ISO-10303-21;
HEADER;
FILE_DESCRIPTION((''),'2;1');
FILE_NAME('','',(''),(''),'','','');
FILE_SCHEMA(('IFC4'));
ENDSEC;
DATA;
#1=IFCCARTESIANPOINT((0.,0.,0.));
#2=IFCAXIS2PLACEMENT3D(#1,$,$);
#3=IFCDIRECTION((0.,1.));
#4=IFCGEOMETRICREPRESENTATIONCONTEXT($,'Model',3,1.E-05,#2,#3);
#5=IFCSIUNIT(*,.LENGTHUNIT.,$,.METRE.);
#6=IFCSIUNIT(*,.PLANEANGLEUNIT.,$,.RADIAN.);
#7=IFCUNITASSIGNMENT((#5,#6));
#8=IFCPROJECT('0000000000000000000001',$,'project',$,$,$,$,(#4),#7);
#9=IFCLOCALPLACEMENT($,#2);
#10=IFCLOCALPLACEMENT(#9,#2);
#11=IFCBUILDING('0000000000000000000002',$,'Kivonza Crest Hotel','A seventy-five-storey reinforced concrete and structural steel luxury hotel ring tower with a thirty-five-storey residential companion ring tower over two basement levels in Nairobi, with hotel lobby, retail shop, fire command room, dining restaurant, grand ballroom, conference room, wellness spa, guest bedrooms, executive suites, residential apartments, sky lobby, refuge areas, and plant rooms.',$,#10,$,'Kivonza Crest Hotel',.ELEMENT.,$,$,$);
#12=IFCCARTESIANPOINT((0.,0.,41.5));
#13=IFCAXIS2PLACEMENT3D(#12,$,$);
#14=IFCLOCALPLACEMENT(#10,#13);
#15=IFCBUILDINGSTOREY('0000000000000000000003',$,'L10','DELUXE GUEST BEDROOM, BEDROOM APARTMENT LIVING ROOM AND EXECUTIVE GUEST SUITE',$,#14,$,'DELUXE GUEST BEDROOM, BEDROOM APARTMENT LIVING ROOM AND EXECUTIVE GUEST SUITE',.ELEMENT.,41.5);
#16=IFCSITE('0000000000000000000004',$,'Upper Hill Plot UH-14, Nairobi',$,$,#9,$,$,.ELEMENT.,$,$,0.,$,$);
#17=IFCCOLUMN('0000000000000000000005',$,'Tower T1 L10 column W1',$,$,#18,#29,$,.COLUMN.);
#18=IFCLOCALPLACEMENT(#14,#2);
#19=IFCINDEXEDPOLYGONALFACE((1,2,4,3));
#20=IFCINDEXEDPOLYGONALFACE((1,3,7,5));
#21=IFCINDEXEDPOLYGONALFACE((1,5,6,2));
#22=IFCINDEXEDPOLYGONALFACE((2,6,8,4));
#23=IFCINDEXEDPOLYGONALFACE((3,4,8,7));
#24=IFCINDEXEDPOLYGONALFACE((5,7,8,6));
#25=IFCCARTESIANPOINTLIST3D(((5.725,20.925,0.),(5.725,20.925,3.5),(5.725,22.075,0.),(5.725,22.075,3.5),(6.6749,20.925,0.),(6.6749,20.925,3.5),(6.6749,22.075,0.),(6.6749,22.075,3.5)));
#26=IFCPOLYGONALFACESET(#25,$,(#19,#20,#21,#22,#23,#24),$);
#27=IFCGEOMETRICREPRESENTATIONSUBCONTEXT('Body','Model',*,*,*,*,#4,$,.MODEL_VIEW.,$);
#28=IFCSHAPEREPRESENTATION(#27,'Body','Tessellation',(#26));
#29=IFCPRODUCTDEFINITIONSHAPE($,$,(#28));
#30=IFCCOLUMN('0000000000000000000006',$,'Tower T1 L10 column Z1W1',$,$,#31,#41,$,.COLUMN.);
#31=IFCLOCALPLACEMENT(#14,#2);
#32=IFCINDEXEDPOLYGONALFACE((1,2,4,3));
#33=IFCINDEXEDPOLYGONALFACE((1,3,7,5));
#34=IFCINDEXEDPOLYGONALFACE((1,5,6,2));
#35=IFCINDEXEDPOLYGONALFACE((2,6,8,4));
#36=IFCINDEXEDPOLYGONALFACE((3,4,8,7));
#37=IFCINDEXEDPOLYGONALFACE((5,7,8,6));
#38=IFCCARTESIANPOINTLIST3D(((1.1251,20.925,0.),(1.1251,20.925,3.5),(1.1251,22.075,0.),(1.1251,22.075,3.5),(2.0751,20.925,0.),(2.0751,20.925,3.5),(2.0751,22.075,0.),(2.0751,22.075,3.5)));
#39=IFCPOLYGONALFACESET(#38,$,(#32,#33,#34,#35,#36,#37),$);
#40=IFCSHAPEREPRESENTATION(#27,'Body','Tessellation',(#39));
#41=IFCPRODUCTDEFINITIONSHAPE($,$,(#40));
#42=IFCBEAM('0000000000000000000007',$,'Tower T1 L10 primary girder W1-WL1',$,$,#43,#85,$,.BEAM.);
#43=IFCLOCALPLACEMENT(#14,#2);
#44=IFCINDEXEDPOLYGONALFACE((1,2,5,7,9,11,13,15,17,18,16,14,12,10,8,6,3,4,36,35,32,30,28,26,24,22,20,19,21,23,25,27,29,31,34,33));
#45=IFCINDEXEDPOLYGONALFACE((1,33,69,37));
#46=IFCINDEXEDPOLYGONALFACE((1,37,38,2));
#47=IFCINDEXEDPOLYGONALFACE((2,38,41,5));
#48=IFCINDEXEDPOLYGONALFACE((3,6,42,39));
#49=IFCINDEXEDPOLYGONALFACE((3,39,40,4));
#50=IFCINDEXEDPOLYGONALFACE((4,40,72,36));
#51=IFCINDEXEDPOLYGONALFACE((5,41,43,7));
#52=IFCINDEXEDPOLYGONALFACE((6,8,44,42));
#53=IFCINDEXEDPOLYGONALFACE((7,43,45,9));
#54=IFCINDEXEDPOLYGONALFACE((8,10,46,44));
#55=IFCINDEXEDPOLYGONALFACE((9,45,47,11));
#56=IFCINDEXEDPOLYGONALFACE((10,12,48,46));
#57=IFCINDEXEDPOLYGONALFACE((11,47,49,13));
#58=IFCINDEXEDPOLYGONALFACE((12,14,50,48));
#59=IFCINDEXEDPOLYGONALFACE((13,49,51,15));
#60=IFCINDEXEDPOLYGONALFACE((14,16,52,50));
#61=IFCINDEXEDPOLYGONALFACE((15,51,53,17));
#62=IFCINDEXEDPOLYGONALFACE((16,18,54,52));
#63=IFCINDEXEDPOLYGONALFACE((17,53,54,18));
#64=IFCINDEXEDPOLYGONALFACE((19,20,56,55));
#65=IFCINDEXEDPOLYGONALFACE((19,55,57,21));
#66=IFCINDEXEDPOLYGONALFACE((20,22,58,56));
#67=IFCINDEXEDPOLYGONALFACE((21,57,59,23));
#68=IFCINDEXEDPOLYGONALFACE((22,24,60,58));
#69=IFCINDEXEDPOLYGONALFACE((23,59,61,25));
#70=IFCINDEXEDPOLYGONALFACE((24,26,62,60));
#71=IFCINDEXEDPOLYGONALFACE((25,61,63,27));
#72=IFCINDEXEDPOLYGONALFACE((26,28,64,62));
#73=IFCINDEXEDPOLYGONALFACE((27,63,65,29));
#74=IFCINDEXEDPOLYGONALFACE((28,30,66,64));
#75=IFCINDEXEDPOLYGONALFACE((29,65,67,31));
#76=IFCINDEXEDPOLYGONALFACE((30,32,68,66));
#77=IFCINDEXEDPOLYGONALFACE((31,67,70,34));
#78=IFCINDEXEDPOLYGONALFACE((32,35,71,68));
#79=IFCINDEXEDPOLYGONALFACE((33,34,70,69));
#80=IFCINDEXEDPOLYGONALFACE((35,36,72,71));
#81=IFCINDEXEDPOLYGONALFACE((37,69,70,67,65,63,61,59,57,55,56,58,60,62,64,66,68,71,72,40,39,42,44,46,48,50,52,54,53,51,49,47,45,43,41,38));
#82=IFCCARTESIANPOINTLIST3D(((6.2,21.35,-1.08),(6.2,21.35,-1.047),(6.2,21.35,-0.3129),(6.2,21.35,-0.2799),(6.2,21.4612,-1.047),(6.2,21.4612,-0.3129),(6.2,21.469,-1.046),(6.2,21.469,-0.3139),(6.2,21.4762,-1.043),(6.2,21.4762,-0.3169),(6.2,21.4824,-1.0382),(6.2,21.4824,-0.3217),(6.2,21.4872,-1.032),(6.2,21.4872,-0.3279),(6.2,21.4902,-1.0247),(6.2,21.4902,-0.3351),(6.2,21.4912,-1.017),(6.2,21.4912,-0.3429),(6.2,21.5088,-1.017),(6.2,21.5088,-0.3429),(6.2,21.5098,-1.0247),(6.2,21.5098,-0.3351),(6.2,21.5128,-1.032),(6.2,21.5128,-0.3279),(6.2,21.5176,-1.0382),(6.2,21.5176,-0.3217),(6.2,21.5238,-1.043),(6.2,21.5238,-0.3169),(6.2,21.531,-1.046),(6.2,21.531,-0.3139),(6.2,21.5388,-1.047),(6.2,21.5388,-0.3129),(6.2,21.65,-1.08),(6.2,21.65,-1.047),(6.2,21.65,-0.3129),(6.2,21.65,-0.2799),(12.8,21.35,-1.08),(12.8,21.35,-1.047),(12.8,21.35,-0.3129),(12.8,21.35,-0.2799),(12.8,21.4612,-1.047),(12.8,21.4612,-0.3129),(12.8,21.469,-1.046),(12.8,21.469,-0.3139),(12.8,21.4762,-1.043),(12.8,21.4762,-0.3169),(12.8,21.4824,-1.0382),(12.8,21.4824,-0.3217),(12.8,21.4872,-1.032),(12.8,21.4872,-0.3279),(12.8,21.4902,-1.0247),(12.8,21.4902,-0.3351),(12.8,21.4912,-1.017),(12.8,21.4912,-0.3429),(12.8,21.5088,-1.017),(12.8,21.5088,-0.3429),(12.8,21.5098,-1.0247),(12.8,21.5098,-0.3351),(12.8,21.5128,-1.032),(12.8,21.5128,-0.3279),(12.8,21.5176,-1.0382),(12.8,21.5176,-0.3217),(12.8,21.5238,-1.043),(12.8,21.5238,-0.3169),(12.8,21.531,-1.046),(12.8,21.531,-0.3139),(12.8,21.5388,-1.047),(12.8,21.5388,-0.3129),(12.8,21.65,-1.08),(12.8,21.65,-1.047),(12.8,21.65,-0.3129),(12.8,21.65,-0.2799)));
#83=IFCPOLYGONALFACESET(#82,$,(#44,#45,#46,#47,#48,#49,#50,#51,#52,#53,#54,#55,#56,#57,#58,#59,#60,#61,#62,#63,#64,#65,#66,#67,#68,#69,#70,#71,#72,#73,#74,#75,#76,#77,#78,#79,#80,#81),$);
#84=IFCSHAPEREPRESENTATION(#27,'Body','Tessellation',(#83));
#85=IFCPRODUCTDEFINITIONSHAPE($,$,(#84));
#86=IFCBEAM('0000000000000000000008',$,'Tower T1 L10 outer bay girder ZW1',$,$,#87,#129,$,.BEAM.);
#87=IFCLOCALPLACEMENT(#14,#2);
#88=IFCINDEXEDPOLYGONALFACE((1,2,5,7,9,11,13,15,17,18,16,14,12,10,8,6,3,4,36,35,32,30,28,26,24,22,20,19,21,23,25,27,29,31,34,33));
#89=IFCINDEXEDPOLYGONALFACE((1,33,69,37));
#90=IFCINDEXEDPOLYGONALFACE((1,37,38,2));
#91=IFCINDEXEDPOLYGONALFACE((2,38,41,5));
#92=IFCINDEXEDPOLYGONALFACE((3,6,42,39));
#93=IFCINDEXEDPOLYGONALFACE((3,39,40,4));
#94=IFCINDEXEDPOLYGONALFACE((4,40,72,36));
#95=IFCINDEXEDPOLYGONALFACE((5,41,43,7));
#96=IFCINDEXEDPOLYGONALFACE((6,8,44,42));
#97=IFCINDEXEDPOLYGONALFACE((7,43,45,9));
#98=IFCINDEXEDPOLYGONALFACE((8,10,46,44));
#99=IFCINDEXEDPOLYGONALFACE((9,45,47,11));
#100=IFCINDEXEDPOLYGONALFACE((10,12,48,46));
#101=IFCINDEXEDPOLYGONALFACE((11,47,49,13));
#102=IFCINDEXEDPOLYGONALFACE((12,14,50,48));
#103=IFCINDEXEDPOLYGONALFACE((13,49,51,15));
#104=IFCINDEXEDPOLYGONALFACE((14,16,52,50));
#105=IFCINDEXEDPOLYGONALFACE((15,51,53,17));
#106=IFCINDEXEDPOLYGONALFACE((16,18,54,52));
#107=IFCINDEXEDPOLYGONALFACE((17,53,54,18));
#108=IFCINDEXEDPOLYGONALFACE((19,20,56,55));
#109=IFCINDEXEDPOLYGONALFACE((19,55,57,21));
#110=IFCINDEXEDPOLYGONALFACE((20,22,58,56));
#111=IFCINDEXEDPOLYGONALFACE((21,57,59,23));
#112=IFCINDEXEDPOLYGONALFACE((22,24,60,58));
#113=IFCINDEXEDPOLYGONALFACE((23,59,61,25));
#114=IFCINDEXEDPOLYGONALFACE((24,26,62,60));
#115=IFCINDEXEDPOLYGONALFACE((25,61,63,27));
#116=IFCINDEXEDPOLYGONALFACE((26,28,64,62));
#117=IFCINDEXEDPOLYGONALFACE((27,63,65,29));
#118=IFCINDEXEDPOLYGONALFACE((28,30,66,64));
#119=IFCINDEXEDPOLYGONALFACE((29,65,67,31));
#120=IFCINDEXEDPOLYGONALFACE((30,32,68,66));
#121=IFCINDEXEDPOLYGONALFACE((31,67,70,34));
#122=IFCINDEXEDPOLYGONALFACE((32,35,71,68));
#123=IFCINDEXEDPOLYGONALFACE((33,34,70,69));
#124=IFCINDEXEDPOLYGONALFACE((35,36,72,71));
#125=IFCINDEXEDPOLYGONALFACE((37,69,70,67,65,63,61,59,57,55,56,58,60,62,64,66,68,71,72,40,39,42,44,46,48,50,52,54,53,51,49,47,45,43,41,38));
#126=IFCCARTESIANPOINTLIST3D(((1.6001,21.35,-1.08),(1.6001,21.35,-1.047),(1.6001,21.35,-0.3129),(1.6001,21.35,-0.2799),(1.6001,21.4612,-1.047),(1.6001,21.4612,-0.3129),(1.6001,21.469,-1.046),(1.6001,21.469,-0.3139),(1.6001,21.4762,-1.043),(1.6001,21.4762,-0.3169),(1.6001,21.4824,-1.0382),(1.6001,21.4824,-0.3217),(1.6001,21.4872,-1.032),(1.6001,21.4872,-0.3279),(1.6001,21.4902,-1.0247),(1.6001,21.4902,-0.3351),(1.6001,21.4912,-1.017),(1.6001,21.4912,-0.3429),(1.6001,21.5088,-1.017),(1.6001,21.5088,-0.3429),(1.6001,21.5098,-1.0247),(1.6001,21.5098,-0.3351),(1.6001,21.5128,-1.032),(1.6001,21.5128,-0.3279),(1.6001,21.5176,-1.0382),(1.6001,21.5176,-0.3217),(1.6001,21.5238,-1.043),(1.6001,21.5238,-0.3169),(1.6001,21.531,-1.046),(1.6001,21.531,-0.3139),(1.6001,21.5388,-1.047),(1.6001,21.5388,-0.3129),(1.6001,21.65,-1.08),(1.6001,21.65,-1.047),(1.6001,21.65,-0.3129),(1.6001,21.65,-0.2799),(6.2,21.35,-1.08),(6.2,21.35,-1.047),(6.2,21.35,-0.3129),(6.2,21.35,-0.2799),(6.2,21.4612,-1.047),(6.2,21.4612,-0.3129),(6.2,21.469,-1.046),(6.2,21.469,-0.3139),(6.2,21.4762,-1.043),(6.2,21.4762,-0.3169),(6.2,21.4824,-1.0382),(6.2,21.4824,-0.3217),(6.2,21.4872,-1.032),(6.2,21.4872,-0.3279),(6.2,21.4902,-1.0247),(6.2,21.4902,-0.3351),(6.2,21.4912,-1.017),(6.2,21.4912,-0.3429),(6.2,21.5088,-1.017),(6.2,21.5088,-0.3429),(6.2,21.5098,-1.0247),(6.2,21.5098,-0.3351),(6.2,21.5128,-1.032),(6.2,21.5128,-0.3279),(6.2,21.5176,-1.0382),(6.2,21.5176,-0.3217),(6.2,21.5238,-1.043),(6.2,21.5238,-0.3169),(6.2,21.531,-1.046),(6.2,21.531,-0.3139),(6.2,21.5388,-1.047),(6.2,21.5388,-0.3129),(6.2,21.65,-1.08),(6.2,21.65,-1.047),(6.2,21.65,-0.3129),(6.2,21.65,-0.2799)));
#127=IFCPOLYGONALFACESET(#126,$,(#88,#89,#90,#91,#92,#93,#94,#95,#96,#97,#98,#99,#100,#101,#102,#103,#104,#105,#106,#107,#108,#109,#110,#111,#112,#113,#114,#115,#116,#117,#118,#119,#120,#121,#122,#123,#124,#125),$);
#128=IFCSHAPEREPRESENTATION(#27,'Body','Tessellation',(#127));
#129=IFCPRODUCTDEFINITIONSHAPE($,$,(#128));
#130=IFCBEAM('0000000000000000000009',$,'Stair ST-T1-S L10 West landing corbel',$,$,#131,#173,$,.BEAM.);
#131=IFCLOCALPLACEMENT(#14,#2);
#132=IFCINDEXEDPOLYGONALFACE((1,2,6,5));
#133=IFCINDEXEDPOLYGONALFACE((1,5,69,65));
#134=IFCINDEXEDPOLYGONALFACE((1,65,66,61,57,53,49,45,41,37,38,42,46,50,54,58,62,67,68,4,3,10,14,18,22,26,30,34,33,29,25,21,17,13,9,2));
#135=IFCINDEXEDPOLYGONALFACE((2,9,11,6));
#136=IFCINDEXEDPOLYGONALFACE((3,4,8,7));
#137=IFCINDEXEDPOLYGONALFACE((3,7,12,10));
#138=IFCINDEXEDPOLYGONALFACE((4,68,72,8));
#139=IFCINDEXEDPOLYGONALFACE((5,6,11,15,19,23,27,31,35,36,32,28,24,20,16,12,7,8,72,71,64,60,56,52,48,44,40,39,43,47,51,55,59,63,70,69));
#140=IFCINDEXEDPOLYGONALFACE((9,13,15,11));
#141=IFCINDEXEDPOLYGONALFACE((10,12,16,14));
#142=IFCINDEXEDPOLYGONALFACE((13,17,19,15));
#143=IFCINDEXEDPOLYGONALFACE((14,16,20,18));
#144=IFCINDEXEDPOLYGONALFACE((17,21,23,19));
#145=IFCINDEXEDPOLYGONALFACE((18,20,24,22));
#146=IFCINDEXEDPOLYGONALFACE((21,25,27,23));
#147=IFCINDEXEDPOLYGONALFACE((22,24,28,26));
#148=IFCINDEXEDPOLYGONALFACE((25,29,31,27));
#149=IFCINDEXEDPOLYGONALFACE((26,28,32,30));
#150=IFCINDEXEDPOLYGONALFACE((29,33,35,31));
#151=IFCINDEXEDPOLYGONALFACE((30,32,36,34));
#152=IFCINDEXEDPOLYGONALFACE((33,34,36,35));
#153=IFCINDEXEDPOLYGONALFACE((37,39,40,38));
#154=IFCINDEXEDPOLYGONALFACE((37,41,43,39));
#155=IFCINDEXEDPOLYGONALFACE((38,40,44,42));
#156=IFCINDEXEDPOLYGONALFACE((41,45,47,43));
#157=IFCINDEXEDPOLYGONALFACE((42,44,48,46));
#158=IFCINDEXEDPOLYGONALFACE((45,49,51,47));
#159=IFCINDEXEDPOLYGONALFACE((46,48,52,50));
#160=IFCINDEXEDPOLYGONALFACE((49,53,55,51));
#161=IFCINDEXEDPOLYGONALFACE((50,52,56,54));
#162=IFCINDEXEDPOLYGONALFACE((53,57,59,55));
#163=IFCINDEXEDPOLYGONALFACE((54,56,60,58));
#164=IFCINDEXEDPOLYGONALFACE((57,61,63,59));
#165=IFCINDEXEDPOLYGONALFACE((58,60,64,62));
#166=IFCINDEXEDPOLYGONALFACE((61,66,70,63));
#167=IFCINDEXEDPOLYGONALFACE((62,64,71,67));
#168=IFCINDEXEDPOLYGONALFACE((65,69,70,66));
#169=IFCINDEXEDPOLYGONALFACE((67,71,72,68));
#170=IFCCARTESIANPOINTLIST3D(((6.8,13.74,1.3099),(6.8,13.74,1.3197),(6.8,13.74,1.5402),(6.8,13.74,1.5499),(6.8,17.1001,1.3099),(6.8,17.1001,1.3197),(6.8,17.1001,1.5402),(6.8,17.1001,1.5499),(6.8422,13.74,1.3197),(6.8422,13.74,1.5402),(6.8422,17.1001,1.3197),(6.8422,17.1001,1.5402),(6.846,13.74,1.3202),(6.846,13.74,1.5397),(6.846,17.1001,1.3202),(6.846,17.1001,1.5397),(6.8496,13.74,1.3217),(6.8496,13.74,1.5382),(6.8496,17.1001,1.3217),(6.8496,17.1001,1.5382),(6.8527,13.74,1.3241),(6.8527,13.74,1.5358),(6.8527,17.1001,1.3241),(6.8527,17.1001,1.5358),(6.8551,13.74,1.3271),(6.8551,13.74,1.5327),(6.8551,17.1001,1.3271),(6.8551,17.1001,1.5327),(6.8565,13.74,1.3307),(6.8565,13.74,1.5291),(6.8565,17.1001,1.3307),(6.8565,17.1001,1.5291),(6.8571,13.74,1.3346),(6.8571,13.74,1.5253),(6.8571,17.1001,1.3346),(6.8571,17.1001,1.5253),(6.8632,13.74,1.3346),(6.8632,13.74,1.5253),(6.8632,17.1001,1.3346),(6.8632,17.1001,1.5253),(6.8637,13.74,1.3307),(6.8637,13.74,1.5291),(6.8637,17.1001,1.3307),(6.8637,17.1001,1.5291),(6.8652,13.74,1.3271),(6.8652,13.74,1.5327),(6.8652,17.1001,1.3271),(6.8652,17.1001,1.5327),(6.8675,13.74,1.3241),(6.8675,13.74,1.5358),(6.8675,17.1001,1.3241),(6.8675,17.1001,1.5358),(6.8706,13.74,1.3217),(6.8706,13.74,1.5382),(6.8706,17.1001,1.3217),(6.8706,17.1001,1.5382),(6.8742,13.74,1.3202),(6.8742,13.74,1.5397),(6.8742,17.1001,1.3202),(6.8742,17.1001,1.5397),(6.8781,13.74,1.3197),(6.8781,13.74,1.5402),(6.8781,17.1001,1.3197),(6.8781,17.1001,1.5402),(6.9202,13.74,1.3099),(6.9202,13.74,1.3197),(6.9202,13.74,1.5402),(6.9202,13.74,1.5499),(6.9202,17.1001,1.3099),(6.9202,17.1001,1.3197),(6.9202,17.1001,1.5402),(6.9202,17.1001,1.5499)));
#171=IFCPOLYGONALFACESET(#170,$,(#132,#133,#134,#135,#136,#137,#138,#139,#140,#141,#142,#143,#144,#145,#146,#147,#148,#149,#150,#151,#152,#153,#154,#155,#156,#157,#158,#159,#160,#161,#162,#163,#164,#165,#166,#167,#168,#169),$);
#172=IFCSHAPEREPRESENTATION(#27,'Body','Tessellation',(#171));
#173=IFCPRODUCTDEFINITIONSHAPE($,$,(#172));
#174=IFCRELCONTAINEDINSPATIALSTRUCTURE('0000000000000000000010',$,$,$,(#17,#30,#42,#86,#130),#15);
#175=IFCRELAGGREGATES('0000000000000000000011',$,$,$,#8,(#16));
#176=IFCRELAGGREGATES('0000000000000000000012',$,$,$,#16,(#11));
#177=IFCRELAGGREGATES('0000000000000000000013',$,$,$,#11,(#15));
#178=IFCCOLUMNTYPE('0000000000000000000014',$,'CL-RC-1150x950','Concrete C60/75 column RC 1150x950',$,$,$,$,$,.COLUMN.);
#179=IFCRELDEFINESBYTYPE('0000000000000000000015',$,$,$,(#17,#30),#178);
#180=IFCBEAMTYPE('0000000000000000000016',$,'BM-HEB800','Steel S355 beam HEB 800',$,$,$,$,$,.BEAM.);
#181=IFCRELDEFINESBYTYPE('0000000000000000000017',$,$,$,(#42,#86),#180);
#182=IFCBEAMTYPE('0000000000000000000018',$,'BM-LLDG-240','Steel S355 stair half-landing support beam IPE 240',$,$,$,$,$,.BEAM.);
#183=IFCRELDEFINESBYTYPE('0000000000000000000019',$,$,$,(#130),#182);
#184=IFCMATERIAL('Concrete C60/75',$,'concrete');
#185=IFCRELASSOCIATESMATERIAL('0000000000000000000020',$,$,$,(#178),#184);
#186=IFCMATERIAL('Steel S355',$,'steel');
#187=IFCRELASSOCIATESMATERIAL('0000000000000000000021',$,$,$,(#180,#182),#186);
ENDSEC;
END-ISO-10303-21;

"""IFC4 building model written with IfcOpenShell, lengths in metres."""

from ifc_helpers import new_model, si_unit, direction, frame, origin, origin_2d, place, context, subcontext, project, spatial, rectangle, i_section, extrude, material, material_profile, profile_set, type_object, element, save


model = new_model("IFC4")

# Units and contexts
model_context = context("Model", 3, precision=1e-05, world=origin(), true_north=direction((0.0, 1.0)))
body_context = subcontext(model_context, "Body", "Model", "MODEL_VIEW")
ifc_project = project(units=[si_unit("LENGTHUNIT", "METRE"), si_unit("PLANEANGLEUNIT", "RADIAN")], contexts=[model_context])

# Site, building, storey
site_placement = place(None, origin())
site = spatial("IfcSite", under=ifc_project, at=site_placement, Name="Upper Hill Plot UH-14, Nairobi", CompositionType="ELEMENT", RefElevation=0.0)
building_placement = place(site_placement, origin())
building = spatial("IfcBuilding", under=site, at=building_placement, Name="Kivonza Crest Hotel", Description="A seventy-five-storey reinforced concrete and structural steel luxury hotel ring tower with a thirty-five-storey residential companion ring tower over two basement levels in Nairobi, with hotel lobby, retail shop, fire command room, dining restaurant, grand ballroom, conference room, wellness spa, guest bedrooms, executive suites, residential apartments, sky lobby, refuge areas, and plant rooms.", LongName="Kivonza Crest Hotel", CompositionType="ELEMENT")
storey_placement = place(building_placement, frame((0.0, 0.0, 41.5)))
storey = spatial("IfcBuildingStorey", under=building, at=storey_placement, Name="L10", Description="DELUXE GUEST BEDROOM, BEDROOM APARTMENT LIVING ROOM AND EXECUTIVE GUEST SUITE", LongName="DELUXE GUEST BEDROOM, BEDROOM APARTMENT LIVING ROOM AND EXECUTIVE GUEST SUITE", CompositionType="ELEMENT", Elevation=41.5)

# Columns
ifc_material_1 = material(Name="Concrete C60/75", Category="concrete")
ifc_material_profile_1 = material_profile(ifc_material_1, rectangle(XDim=0.95, YDim=1.1499, at=origin_2d()), Name="RC 1150x950")
ifc_profile_set_1 = profile_set([ifc_material_profile_1], Name="Concrete C60/75")
column_type = type_object("IfcColumnType", Name="CL-RC-1150x950", Description="Concrete C60/75 column RC 1150x950", PredefinedType="COLUMN", material=ifc_profile_set_1)
for number, where, z_axis, x_axis, name in (
    (1, (6.2, 21.5, 0.0), (0.0, 0.0, 1.0), (1.0, 0.0, 0.0), "Tower T1 L10 column W1"),
    (2, (1.6001, 21.5, 0.0), (0.0, 0.0, 1.0), (1.0, 0.0, 0.0), "Tower T1 L10 column Z1W1"),
):
    element("IfcColumn", number, at=place(storey_placement, frame(where, z_axis=z_axis, x_axis=x_axis)), inside=storey, type_object=column_type, Name=name, PredefinedType="COLUMN", context=body_context, shape_type="SweptSolid", body=[
        extrude(rectangle(XDim=0.95, YDim=1.1499, at=origin_2d()), origin(), (0.0, 0.0, 1.0), 3.5),
    ])

# Beams
ifc_material_2 = material(Name="Steel S355", Category="steel")
ifc_material_profile_2 = material_profile(ifc_material_2, i_section(OverallWidth=0.3, OverallDepth=0.8, WebThickness=0.0176, FlangeThickness=0.033, FilletRadius=0.03, at=origin_2d()), Name="HEB 800")
ifc_profile_set_2 = profile_set([ifc_material_profile_2], Name="Steel S355")
beam_type_1 = type_object("IfcBeamType", Name="BM-HEB800", Description="Steel S355 beam HEB 800", PredefinedType="BEAM", material=ifc_profile_set_2)
beam_1_placement = place(storey_placement, frame((6.2, 21.5, -0.6799), z_axis=(1.0, 0.0, 0.0), x_axis=(0.0, 1.0, 0.0)))
element("IfcBeam", 3, at=beam_1_placement, inside=storey, type_object=beam_type_1, Name="Tower T1 L10 primary girder W1-WL1", PredefinedType="BEAM", context=body_context, shape_type="SweptSolid", body=[
    extrude(i_section(OverallWidth=0.3, OverallDepth=0.8, WebThickness=0.0176, FlangeThickness=0.033, FilletRadius=0.03, at=origin_2d()), origin(), (0.0, 0.0, 1.0), 6.6001),
])
beam_2_placement = place(storey_placement, frame((1.6001, 21.5, -0.6799), z_axis=(1.0, 0.0, 0.0), x_axis=(0.0, 1.0, 0.0)))
element("IfcBeam", 4, at=beam_2_placement, inside=storey, type_object=beam_type_1, Name="Tower T1 L10 outer bay girder ZW1", PredefinedType="BEAM", context=body_context, shape_type="SweptSolid", body=[
    extrude(i_section(OverallWidth=0.3, OverallDepth=0.8, WebThickness=0.0176, FlangeThickness=0.033, FilletRadius=0.03, at=origin_2d()), origin(), (0.0, 0.0, 1.0), 4.5999),
])
ifc_material_profile_3 = material_profile(ifc_material_2, i_section(OverallWidth=0.1201, OverallDepth=0.24, WebThickness=0.0061, FlangeThickness=0.0098, FilletRadius=0.0149, at=origin_2d()), Name="IPE 240")
ifc_profile_set_3 = profile_set([ifc_material_profile_3], Name="Steel S355")
beam_type_2 = type_object("IfcBeamType", Name="BM-LLDG-240", Description="Steel S355 stair half-landing support beam IPE 240", PredefinedType="BEAM", material=ifc_profile_set_3)
beam_3_placement = place(storey_placement, frame((6.8601, 13.74, 1.4299), z_axis=(0.0, 1.0, 0.0), x_axis=(-1.0, 0.0, 0.0)))
element("IfcBeam", 5, at=beam_3_placement, inside=storey, type_object=beam_type_2, Name="Stair ST-T1-S L10 West landing corbel", PredefinedType="BEAM", context=body_context, shape_type="SweptSolid", body=[
    extrude(i_section(OverallWidth=0.1201, OverallDepth=0.24, WebThickness=0.0061, FlangeThickness=0.0098, FilletRadius=0.0149, at=origin_2d()), origin(), (0.0, 0.0, 1.0), 3.3601),
])

save(model, "model.ifc")
